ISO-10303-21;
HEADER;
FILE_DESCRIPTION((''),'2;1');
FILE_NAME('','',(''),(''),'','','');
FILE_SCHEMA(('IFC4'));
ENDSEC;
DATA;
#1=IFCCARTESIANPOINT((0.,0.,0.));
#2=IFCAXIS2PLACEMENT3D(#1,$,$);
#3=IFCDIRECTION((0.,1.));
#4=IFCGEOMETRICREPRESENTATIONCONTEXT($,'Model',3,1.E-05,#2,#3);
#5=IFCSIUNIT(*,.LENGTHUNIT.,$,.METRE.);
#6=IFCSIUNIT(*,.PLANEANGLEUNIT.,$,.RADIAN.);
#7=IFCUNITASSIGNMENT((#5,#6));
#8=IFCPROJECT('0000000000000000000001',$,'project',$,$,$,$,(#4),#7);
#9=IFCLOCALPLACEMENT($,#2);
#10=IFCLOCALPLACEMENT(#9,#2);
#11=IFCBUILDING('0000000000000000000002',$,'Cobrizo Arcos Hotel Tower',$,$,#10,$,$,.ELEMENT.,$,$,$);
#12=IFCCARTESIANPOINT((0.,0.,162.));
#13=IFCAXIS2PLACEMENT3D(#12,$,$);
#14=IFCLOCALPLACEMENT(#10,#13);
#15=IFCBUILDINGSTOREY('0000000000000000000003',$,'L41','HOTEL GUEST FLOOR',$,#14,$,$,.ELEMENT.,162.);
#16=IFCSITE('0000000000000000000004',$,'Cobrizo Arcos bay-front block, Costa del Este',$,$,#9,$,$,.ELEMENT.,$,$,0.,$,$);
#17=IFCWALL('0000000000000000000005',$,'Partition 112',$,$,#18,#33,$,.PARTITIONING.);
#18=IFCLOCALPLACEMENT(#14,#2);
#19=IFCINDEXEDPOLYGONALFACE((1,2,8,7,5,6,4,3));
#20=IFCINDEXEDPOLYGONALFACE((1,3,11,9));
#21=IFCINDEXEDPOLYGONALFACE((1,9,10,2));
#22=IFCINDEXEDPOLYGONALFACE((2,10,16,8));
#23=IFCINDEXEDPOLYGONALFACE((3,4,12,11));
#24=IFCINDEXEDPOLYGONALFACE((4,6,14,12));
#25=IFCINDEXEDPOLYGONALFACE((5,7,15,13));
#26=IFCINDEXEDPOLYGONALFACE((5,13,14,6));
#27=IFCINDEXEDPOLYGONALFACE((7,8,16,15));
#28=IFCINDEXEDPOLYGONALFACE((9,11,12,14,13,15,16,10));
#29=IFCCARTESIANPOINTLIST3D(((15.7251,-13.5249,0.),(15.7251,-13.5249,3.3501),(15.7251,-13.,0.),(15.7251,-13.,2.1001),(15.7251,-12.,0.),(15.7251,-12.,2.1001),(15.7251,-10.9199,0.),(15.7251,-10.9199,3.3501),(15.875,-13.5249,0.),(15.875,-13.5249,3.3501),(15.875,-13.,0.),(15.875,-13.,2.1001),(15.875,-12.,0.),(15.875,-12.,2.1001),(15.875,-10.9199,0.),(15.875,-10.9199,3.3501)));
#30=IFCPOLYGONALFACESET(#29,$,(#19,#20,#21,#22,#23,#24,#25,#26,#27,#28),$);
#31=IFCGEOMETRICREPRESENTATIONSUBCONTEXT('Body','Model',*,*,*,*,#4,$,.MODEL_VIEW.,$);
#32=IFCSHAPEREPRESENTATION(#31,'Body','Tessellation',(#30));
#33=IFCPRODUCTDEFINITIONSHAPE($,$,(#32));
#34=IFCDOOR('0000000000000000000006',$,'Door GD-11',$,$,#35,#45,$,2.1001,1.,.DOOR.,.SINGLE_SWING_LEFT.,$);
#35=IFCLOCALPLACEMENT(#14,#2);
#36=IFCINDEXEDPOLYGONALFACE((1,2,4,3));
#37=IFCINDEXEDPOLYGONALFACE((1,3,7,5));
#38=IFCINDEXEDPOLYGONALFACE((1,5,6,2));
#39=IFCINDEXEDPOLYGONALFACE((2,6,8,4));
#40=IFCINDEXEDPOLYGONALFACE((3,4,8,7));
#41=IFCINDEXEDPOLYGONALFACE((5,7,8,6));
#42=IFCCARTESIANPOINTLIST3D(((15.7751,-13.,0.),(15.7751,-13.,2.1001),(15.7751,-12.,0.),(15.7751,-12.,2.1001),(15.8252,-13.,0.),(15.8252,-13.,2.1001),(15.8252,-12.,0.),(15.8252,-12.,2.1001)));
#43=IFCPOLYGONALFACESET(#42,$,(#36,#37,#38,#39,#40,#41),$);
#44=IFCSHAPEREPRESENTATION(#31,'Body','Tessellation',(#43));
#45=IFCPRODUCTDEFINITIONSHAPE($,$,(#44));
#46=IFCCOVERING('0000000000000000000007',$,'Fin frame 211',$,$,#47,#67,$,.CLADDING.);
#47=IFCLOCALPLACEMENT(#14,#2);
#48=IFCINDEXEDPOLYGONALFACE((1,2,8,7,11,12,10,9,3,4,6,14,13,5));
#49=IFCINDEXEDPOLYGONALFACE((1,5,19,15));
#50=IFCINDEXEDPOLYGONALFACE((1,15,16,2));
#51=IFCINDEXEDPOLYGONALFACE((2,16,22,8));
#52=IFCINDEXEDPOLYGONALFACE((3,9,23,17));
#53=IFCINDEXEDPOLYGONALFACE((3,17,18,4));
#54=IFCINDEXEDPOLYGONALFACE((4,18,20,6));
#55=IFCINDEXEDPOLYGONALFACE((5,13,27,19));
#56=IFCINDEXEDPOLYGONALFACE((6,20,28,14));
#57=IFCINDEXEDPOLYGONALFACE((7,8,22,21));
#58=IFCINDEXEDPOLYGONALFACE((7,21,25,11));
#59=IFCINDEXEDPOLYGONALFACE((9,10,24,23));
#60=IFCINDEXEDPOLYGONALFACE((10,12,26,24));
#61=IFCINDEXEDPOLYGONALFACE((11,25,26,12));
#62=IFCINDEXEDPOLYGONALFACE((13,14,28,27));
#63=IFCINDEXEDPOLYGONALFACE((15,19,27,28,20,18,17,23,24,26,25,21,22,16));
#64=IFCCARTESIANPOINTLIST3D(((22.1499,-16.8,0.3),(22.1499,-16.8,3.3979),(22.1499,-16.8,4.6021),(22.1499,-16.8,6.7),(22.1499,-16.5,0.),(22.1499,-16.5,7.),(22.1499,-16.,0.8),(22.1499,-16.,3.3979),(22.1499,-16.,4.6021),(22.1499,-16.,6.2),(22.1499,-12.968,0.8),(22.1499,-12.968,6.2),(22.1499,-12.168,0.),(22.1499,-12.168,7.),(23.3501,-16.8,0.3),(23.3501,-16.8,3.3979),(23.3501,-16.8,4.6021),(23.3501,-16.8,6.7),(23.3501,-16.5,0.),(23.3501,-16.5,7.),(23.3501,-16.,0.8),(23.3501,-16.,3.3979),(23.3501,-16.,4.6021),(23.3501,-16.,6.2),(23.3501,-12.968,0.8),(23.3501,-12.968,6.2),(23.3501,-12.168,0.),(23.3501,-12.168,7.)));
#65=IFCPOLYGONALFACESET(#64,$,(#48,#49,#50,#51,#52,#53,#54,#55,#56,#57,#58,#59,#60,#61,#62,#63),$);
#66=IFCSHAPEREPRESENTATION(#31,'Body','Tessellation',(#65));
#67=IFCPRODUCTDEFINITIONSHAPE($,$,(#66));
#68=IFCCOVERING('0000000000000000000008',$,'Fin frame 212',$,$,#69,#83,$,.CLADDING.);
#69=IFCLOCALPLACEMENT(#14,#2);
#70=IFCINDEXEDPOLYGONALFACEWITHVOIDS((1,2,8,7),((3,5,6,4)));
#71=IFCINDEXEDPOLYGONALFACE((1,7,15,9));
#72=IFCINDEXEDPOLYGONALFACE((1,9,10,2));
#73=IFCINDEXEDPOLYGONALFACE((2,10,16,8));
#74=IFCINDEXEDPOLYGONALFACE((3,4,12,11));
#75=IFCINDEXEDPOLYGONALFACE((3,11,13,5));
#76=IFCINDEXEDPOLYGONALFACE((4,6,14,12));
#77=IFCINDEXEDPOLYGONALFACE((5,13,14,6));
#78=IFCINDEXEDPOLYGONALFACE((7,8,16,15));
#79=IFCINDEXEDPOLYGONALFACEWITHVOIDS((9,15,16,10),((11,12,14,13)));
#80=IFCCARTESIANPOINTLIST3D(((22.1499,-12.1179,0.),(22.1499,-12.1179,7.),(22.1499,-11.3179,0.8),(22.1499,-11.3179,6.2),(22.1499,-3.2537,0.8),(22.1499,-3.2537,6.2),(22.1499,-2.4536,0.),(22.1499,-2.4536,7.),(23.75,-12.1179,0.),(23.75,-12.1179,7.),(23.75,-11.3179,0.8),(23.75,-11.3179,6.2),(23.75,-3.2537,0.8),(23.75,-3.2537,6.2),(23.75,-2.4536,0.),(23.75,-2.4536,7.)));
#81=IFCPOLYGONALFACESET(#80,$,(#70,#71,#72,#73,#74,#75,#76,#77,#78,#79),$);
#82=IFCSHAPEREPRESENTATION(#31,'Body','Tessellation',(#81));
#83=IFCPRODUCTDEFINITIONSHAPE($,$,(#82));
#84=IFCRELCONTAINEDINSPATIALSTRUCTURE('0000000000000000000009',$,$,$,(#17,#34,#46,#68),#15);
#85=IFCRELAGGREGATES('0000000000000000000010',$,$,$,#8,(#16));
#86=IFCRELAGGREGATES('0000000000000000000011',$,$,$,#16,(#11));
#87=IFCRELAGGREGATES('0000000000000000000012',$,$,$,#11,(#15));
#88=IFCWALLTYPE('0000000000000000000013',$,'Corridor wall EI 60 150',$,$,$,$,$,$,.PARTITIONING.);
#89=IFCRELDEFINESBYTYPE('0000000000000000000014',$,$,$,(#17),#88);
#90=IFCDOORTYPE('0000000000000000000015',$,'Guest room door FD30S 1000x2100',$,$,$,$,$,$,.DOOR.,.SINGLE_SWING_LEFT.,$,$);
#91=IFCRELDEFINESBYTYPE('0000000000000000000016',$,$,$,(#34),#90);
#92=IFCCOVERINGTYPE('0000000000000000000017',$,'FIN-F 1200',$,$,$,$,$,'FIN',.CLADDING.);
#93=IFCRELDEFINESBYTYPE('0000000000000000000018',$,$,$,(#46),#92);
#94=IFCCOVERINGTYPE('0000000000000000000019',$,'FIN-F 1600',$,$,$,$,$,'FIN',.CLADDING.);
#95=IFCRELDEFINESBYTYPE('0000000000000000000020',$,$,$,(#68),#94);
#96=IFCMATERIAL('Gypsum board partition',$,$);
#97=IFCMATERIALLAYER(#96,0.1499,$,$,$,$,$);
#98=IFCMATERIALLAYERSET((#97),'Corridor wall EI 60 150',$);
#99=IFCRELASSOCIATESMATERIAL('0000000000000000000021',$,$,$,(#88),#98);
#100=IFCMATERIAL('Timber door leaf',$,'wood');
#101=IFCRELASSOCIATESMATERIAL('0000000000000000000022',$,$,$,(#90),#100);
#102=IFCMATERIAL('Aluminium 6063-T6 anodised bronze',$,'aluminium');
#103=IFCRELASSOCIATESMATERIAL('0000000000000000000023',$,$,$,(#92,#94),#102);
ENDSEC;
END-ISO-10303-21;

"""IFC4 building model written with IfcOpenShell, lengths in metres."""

from ifc_helpers import new_model, si_unit, direction, frame, frame_2d, origin, place, context, subcontext, project, spatial, polyline, rectangle, outline, extrude, material, layer, layer_set, type_object, element, fill, save


model = new_model("IFC4")

# Units and contexts
model_context = context("Model", 3, precision=1e-05, world=origin(), true_north=direction((0.0, 1.0)))
body_context = subcontext(model_context, "Body", "Model", "MODEL_VIEW")
ifc_project = project(units=[si_unit("LENGTHUNIT", "METRE"), si_unit("PLANEANGLEUNIT", "RADIAN")], contexts=[model_context])

# Site, building, storey
site_placement = place(None, origin())
site = spatial("IfcSite", under=ifc_project, at=site_placement, Name="Cobrizo Arcos bay-front block, Costa del Este", CompositionType="ELEMENT", RefElevation=0.0)
building_placement = place(site_placement, origin())
building = spatial("IfcBuilding", under=site, at=building_placement, Name="Cobrizo Arcos Hotel Tower", CompositionType="ELEMENT")
storey_placement = place(building_placement, frame((0.0, 0.0, 162.0)))
storey = spatial("IfcBuildingStorey", under=building, at=storey_placement, Name="L41", Description="HOTEL GUEST FLOOR", CompositionType="ELEMENT", Elevation=162.0)

# Shared definitions
ifc_material_1 = material(Name="Aluminium 6063-T6 anodised bronze", Category="aluminium")

# Wall, opening, door
ifc_material_2 = material(Name="Gypsum board partition")
ifc_layer_1 = layer(ifc_material_2, 0.1499)
ifc_layer_set_1 = layer_set([ifc_layer_1], Name="Corridor wall EI 60 150")
wall_type = type_object("IfcWallType", Name="Corridor wall EI 60 150", PredefinedType="PARTITIONING", material=ifc_layer_set_1)
wall_placement = place(storey_placement, frame((15.8, -13.5249, 0.0), z_axis=(0.0, 0.0, 1.0), x_axis=(0.0, 1.0, 0.0)))
wall = element("IfcWall", 1, at=wall_placement, inside=storey, type_object=wall_type, Name="Partition 112", PredefinedType="PARTITIONING", context=body_context, shape_type="SweptSolid", body=[
    extrude(rectangle(XDim=2.605, YDim=0.1499, at=frame_2d((1.3025, 0.0))), origin(), (0.0, 0.0, 1.0), 3.3501),
])
opening_placement = place(wall_placement, frame((0.5249, 0.0, 0.0)))
opening = element("IfcOpeningElement", 2, at=opening_placement, cuts=wall, PredefinedType="OPENING", context=body_context, shape_type="SweptSolid", body=[
    extrude(rectangle(XDim=1.0, YDim=2.1001, at=frame_2d((0.5, 1.05))), frame((0.0, 0.0869, 0.0), z_axis=(0.0, -1.0, 0.0), x_axis=(1.0, 0.0, 0.0)), (0.0, 0.0, 1.0), 0.1738),
])
ifc_material_3 = material(Name="Timber door leaf", Category="wood")
door_type = type_object("IfcDoorType", Name="Guest room door FD30S 1000x2100", OperationType="SINGLE_SWING_LEFT", PredefinedType="DOOR", material=ifc_material_3)
door_placement = place(opening_placement, origin())
door = element("IfcDoor", 3, at=door_placement, inside=storey, type_object=door_type, Name="Door GD-11", OperationType="SINGLE_SWING_LEFT", OverallHeight=2.1001, OverallWidth=1.0, PredefinedType="DOOR", context=body_context, shape_type="SweptSolid", body=[
    extrude(rectangle(XDim=1.0, YDim=2.1001, at=frame_2d((0.5, 1.05))), frame((0.0, 0.0249, 0.0), z_axis=(0.0, -1.0, 0.0), x_axis=(1.0, 0.0, 0.0)), (0.0, 0.0, 1.0), 0.05),
])
fill(opening, door)

# Coverings
covering_type_1 = type_object("IfcCoveringType", Name="FIN-F 1200", ElementType="FIN", PredefinedType="CLADDING", material=ifc_material_1)
covering_1_placement = place(storey_placement, frame((22.1499, -16.8, 0.0), z_axis=(1.0, 0.0, 0.0), x_axis=(0.0, 1.0, 0.0)))
element("IfcCovering", 4, at=covering_1_placement, inside=storey, type_object=covering_type_1, Name="Fin frame 211", PredefinedType="CLADDING", context=body_context, shape_type="SweptSolid", body=[
    extrude(outline(polyline([(0.0, 6.7), (0.0, 4.6021), (0.8, 4.6021), (0.8, 6.2), (3.832, 6.2), (3.832, 0.8), (0.8, 0.8), (0.8, 3.3979), (0.0, 3.3979), (0.0, 0.3), (0.3, 0.0), (4.6321, 0.0), (4.6321, 7.0), (0.3, 7.0), (0.0, 6.7)])), origin(), (0.0, 0.0, 1.0), 1.2002),
])
covering_type_2 = type_object("IfcCoveringType", Name="FIN-F 1600", ElementType="FIN", PredefinedType="CLADDING", material=ifc_material_1)
covering_2_placement = place(storey_placement, frame((22.1499, -12.1179, 0.0), z_axis=(1.0, 0.0, 0.0), x_axis=(0.0, 1.0, 0.0)))
element("IfcCovering", 5, at=covering_2_placement, inside=storey, type_object=covering_type_2, Name="Fin frame 212", PredefinedType="CLADDING", context=body_context, shape_type="SweptSolid", body=[
    extrude(outline(polyline([(0.0, 7.0), (0.0, 0.0), (9.6643, 0.0), (9.6643, 7.0), (0.0, 7.0)]), holes=[polyline([(8.8643, 0.8), (0.8, 0.8), (0.8, 6.2), (8.8643, 6.2), (8.8643, 0.8)])]), origin(), (0.0, 0.0, 1.0), 1.6001),
])

save(model, "model.ifc")
